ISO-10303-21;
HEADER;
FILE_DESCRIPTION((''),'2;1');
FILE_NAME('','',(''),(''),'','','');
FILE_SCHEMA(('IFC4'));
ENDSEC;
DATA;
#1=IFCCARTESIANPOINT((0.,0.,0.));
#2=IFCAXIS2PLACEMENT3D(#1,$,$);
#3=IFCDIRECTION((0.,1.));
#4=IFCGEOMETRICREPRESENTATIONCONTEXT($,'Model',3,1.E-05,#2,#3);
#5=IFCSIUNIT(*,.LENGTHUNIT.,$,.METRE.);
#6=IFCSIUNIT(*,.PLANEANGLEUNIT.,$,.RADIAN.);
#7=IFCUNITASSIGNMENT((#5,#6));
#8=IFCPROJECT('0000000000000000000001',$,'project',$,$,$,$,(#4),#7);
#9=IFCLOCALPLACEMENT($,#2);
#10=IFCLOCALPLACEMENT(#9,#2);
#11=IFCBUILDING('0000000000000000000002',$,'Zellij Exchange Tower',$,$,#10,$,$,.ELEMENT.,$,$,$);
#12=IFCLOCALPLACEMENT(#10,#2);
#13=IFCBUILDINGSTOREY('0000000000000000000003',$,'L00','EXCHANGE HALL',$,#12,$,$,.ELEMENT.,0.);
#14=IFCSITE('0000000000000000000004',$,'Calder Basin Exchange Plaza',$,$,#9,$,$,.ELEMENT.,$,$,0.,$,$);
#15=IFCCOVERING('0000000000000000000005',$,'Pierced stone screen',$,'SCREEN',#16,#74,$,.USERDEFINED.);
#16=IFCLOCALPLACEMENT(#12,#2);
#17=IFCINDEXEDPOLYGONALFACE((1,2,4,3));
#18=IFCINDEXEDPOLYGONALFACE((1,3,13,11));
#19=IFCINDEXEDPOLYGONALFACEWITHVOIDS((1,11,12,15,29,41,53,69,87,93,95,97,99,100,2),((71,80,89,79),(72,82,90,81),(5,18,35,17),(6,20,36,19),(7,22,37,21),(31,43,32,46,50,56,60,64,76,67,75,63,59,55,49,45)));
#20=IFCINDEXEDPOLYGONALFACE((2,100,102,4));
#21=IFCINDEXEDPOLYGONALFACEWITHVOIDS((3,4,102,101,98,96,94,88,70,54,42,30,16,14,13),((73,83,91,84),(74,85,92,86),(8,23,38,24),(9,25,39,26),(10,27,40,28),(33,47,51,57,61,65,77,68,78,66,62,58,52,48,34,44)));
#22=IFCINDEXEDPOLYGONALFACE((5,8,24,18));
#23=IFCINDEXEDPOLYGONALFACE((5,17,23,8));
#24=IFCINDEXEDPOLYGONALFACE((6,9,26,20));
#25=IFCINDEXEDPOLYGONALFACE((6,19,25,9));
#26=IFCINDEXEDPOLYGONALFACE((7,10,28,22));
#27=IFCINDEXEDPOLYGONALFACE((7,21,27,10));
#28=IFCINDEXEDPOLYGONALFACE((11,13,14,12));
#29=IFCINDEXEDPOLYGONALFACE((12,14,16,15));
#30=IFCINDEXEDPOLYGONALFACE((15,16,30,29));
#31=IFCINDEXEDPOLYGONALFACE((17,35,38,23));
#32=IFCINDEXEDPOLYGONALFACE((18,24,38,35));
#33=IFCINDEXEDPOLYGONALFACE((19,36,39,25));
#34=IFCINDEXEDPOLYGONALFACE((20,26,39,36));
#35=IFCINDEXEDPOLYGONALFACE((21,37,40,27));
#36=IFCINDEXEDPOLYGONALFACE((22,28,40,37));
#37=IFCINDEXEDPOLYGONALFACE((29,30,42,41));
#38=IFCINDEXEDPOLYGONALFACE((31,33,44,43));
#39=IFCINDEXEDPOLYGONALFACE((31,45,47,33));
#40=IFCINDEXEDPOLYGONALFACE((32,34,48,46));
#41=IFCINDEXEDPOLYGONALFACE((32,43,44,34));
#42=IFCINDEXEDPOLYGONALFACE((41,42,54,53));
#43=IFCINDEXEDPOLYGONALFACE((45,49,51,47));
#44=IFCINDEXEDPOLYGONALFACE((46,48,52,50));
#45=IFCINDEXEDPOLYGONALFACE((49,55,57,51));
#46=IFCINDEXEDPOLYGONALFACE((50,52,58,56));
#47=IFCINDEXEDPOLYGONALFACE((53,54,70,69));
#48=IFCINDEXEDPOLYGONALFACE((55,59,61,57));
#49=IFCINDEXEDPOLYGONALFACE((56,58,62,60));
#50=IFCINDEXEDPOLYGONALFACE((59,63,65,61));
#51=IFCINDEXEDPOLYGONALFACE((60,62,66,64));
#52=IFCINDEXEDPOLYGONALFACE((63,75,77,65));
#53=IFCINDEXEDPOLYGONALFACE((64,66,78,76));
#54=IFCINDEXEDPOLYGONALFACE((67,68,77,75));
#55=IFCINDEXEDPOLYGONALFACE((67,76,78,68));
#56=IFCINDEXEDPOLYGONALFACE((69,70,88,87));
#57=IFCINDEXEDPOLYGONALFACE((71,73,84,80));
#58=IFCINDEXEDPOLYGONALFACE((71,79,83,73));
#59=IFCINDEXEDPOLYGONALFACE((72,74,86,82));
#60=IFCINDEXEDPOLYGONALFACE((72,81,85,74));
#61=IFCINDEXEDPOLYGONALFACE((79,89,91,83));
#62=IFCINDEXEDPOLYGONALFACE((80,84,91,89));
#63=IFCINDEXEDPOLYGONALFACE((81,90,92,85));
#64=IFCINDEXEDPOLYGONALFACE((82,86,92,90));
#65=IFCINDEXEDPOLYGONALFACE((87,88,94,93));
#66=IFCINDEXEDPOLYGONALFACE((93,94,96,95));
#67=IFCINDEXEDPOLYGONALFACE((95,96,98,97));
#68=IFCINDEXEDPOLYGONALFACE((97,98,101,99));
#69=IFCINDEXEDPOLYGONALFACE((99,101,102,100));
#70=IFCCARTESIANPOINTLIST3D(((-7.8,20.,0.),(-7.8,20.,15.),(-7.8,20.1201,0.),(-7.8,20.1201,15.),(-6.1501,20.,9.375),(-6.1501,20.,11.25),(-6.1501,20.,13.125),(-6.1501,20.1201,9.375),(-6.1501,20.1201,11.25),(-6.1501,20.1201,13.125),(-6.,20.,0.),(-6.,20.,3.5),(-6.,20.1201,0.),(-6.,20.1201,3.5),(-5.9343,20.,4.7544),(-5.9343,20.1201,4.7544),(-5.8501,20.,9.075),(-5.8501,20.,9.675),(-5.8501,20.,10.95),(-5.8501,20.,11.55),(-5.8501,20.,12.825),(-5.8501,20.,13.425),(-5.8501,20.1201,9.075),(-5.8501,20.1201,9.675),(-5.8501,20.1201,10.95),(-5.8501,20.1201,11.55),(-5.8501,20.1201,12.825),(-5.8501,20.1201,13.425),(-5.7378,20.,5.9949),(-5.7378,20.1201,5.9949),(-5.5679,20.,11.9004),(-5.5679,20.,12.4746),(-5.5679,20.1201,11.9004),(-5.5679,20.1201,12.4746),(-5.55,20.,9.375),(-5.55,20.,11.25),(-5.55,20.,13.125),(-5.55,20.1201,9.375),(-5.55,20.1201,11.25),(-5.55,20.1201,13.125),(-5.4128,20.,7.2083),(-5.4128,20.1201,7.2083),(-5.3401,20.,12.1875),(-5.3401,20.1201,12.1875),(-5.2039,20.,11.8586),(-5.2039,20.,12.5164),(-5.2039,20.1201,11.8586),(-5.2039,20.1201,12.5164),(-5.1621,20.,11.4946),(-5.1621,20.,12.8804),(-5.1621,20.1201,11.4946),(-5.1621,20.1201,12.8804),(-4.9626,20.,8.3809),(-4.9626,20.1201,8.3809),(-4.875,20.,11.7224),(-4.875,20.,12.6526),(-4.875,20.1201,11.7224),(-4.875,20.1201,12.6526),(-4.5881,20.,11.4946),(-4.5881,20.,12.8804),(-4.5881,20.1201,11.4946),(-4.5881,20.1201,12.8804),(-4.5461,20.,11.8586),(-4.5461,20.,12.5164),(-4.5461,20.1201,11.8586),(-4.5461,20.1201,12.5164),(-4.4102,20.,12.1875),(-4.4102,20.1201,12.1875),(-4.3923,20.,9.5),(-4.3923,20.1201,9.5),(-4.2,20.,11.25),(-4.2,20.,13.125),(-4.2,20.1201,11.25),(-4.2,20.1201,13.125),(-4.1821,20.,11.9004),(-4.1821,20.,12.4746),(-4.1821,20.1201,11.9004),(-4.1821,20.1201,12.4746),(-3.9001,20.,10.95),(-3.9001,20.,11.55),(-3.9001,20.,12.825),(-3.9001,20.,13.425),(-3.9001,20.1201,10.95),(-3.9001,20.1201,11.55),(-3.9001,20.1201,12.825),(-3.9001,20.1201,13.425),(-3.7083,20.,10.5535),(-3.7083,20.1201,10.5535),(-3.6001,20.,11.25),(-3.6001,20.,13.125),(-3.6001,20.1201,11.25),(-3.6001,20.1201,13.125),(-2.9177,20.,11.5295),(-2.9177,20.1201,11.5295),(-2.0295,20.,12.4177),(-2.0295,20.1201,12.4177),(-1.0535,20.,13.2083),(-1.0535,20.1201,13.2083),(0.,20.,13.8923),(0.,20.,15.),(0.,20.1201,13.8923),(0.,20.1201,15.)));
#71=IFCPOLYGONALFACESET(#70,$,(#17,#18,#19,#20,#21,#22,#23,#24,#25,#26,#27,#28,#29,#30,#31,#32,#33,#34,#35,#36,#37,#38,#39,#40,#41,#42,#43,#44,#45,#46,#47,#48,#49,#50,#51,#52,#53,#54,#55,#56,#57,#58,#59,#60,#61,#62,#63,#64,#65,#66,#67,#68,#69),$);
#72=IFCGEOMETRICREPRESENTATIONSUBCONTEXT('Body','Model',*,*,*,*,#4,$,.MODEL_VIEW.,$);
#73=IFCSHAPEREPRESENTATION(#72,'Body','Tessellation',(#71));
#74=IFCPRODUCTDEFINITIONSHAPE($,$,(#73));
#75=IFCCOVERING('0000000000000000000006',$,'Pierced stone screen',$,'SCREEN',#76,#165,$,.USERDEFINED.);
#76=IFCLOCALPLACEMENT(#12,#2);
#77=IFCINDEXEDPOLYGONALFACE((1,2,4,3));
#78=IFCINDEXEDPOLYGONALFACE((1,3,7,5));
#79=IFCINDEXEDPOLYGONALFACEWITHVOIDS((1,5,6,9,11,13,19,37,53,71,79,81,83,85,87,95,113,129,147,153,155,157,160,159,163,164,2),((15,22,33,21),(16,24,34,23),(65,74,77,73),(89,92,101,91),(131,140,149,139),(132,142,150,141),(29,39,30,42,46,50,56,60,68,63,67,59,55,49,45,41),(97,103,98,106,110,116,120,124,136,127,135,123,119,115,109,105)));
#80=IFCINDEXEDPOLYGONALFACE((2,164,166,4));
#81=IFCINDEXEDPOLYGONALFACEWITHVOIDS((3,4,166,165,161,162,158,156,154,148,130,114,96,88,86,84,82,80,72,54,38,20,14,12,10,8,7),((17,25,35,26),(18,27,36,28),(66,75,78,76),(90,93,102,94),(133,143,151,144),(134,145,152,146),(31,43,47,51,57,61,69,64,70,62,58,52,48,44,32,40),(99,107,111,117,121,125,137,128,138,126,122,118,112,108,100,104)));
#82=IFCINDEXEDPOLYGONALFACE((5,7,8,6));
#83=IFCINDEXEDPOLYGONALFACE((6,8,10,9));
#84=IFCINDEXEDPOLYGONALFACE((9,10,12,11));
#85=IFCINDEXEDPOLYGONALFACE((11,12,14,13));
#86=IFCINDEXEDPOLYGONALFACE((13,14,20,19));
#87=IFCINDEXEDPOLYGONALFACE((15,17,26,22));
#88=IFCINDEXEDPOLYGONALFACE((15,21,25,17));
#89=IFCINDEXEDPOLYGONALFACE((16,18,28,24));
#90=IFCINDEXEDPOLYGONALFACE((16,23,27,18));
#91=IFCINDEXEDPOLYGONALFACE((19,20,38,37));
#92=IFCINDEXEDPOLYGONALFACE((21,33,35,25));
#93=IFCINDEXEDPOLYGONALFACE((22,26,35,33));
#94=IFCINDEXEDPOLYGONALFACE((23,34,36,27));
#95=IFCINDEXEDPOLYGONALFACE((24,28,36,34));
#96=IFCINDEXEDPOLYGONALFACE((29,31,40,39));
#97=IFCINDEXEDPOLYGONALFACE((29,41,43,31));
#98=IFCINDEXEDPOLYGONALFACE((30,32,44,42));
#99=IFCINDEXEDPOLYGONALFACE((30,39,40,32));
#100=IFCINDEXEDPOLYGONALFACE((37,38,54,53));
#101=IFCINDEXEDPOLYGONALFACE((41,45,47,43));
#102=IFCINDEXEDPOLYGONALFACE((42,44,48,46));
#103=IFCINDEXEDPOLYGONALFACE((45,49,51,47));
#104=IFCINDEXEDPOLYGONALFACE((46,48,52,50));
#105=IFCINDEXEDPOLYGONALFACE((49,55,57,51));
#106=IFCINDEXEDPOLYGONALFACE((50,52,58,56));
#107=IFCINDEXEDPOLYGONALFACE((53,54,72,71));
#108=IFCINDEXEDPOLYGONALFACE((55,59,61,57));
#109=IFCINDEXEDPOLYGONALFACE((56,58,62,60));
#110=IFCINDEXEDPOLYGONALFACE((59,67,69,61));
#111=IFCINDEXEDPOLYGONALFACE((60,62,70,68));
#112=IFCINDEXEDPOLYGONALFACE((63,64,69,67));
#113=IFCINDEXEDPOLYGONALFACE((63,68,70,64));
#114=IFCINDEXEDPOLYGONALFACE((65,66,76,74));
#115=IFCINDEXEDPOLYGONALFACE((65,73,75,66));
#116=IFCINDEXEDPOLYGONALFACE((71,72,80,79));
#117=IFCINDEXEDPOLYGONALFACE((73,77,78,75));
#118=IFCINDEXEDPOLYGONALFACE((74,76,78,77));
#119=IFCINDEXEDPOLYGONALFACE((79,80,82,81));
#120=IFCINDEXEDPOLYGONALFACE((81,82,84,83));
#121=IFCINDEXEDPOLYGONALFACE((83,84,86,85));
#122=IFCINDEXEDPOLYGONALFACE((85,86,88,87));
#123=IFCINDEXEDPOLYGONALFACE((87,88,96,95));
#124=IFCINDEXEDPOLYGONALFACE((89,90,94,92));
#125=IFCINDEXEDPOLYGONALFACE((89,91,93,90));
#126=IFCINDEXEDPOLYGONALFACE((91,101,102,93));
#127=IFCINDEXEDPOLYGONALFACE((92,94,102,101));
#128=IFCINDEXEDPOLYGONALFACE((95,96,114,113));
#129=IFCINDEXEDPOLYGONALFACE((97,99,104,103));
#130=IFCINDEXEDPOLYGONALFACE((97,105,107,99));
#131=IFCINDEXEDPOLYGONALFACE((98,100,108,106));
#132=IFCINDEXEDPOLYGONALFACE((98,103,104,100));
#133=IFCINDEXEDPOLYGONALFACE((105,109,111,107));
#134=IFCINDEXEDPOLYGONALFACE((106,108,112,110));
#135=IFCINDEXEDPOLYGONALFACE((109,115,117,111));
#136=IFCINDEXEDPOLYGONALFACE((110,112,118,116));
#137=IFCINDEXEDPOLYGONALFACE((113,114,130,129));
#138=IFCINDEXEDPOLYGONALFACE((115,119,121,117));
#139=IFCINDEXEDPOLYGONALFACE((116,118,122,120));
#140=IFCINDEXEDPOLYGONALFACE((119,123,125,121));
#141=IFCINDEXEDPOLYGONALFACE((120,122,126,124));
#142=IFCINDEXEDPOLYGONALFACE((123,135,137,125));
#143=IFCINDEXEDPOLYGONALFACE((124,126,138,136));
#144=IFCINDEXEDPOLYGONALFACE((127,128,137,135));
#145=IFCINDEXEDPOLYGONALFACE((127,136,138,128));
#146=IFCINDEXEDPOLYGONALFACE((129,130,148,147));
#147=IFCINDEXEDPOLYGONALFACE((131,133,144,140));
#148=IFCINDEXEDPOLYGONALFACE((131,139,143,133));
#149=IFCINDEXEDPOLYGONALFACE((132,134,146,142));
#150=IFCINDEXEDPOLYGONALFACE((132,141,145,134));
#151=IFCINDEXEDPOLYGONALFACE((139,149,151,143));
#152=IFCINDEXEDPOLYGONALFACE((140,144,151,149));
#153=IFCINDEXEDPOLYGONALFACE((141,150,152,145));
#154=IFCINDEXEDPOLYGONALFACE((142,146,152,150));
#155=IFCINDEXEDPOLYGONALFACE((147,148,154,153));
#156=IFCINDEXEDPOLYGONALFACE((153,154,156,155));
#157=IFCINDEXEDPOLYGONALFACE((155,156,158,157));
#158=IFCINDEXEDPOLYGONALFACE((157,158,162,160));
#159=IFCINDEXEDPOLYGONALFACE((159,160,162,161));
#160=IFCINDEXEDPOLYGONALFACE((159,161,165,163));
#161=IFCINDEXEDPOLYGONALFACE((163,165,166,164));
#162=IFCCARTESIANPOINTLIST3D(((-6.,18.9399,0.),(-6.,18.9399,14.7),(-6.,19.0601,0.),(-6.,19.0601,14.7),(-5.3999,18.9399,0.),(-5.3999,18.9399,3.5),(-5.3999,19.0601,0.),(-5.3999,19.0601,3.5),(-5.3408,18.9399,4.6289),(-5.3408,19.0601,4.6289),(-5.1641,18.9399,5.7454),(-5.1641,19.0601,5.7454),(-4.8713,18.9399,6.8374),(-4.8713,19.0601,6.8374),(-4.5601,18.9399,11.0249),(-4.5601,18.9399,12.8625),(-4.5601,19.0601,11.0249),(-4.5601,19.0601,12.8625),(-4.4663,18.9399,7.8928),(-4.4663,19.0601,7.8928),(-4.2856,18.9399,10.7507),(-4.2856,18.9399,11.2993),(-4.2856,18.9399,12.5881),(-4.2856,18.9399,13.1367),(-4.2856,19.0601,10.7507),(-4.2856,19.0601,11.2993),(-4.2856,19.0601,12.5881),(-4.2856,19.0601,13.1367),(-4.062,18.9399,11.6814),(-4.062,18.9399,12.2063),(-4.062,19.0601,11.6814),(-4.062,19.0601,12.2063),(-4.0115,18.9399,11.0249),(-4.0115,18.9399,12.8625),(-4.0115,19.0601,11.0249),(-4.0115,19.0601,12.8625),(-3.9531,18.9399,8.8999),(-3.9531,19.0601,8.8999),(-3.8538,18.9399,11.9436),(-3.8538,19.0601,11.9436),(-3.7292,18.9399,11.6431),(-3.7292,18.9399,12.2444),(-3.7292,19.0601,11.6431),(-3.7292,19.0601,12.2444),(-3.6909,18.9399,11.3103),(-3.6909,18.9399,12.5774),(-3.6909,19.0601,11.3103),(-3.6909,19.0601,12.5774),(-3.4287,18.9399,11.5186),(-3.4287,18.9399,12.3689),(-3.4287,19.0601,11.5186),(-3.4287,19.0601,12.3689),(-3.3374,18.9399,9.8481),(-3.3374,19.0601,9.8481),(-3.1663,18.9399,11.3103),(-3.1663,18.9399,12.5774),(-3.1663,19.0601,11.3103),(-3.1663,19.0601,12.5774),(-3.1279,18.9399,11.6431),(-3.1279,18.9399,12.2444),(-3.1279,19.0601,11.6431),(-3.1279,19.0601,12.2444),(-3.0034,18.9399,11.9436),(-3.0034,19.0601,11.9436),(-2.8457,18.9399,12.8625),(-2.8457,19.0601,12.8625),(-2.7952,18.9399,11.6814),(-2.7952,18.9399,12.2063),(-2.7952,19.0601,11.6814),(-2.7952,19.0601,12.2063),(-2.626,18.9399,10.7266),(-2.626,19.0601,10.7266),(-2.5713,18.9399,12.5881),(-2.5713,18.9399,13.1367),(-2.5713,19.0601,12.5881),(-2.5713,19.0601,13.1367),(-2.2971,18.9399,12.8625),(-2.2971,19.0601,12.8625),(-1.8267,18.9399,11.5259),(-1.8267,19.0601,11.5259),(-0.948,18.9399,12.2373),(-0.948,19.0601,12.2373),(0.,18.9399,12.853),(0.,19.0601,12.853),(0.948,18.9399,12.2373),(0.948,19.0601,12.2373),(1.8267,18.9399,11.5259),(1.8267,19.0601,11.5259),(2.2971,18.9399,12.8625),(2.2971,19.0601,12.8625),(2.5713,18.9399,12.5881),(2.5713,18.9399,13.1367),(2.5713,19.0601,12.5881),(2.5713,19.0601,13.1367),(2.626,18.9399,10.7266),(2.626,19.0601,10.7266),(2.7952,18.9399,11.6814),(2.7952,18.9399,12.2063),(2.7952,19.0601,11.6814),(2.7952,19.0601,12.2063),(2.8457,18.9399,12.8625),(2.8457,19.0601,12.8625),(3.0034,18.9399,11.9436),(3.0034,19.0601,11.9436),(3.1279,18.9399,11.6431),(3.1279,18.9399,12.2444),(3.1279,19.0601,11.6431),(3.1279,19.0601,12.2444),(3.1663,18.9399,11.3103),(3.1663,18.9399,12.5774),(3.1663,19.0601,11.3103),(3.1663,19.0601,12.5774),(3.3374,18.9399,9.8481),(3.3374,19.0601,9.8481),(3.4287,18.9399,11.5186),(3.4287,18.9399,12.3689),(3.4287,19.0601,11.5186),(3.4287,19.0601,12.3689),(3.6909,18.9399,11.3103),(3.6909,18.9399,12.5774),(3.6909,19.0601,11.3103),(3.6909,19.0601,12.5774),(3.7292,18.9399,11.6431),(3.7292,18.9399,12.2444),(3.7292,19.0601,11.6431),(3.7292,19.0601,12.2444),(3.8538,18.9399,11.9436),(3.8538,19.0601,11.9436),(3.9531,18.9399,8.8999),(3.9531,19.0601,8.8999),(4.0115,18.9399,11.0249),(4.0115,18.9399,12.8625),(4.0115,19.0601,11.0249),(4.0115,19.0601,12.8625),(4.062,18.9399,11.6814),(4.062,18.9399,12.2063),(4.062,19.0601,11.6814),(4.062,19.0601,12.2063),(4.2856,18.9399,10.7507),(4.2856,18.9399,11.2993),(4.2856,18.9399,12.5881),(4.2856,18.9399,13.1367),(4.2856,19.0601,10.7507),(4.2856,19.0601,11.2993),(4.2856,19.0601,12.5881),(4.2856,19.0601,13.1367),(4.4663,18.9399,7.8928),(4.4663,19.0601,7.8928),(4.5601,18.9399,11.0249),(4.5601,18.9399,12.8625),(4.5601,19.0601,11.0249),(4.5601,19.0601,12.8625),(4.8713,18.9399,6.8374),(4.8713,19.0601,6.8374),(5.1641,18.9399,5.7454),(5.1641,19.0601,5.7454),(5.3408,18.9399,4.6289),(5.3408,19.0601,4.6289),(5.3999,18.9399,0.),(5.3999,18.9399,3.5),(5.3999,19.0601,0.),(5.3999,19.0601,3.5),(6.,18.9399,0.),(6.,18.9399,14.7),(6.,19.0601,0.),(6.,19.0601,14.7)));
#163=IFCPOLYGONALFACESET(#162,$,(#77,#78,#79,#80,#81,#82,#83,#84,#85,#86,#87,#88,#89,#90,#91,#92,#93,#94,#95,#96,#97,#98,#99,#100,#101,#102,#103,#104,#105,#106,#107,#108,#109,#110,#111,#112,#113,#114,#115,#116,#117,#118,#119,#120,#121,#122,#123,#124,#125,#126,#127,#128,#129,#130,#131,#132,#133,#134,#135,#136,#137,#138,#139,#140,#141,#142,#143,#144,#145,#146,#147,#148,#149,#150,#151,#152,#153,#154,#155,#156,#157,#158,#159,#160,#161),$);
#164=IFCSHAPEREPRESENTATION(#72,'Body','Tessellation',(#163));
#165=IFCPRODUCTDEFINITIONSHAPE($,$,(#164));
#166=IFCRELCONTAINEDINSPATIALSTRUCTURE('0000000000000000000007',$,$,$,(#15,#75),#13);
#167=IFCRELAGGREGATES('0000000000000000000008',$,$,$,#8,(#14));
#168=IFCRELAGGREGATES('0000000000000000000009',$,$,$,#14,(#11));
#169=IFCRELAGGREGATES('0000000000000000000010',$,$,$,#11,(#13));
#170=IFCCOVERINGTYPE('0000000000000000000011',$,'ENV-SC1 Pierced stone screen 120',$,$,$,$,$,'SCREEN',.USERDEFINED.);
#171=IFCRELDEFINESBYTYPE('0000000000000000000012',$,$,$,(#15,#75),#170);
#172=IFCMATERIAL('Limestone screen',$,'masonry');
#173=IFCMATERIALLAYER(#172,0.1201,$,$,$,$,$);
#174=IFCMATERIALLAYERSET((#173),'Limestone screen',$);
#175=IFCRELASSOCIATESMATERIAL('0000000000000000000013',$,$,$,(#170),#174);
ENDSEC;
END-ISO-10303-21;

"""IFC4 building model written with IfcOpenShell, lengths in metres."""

from ifc_helpers import new_model, si_unit, direction, frame, origin, place, context, subcontext, project, spatial, polyline, outline, extrude, material, layer, layer_set, type_object, element, save


model = new_model("IFC4")

# Units and contexts
model_context = context("Model", 3, precision=1e-05, world=origin(), true_north=direction((0.0, 1.0)))
body_context = subcontext(model_context, "Body", "Model", "MODEL_VIEW")
ifc_project = project(units=[si_unit("LENGTHUNIT", "METRE"), si_unit("PLANEANGLEUNIT", "RADIAN")], contexts=[model_context])

# Site, building, storey
site_placement = place(None, origin())
site = spatial("IfcSite", under=ifc_project, at=site_placement, Name="Calder Basin Exchange Plaza", CompositionType="ELEMENT", RefElevation=0.0)
building_placement = place(site_placement, origin())
building = spatial("IfcBuilding", under=site, at=building_placement, Name="Zellij Exchange Tower", CompositionType="ELEMENT")
storey_placement = place(building_placement, origin())
storey = spatial("IfcBuildingStorey", under=building, at=storey_placement, Name="L00", Description="EXCHANGE HALL", CompositionType="ELEMENT", Elevation=0.0)

# Coverings
ifc_material_1 = material(Name="Limestone screen", Category="masonry")
ifc_layer_1 = layer(ifc_material_1, 0.1201)
ifc_layer_set_1 = layer_set([ifc_layer_1], Name="Limestone screen")
covering_type = type_object("IfcCoveringType", Name="ENV-SC1 Pierced stone screen 120", ElementType="SCREEN", PredefinedType="USERDEFINED", material=ifc_layer_set_1)
covering_1_placement = place(storey_placement, frame((-7.8, 20.0601, 0.0), z_axis=(0.0, 0.0, 1.0), x_axis=(1.0, 0.0, 0.0)))
element("IfcCovering", 1, at=covering_1_placement, inside=storey, type_object=covering_type, Name="Pierced stone screen", ObjectType="SCREEN", PredefinedType="USERDEFINED", context=body_context, shape_type="SweptSolid", body=[
    extrude(outline(polyline([(1.8, 3.5), (1.8657, 4.7544), (2.0623, 5.9949), (2.3872, 7.2083), (2.8374, 8.3809), (3.4077, 9.5), (4.0918, 10.5535), (4.8823, 11.5295), (5.7705, 12.4177), (6.7466, 13.2083), (7.8, 13.8923), (7.8, 15.0), (0.0, 15.0), (0.0, 0.0), (1.8, 0.0), (1.8, 3.5)]), holes=[polyline([(3.6179, 12.4746), (3.2539, 12.5164), (3.2119, 12.8804), (2.925, 12.6526), (2.6379, 12.8804), (2.5962, 12.5164), (2.2322, 12.4746), (2.46, 12.1875), (2.2322, 11.9004), (2.5962, 11.8586), (2.6379, 11.4946), (2.925, 11.7224), (3.2119, 11.4946), (3.2539, 11.8586), (3.6179, 11.9004), (3.3899, 12.1875), (3.6179, 12.4746)]), polyline([(2.25, 9.375), (1.95, 9.675), (1.6499, 9.375), (1.95, 9.075), (2.25, 9.375)]), polyline([(2.25, 11.25), (1.95, 11.55), (1.6499, 11.25), (1.95, 10.95), (2.25, 11.25)]), polyline([(2.25, 13.125), (1.95, 13.425), (1.6499, 13.125), (1.95, 12.825), (2.25, 13.125)]), polyline([(4.2, 11.25), (3.8999, 11.55), (3.6001, 11.25), (3.8999, 10.95), (4.2, 11.25)]), polyline([(4.2, 13.125), (3.8999, 13.425), (3.6001, 13.125), (3.8999, 12.825), (4.2, 13.125)])]), frame((0.0, 0.0601, 0.0), z_axis=(0.0, -1.0, 0.0), x_axis=(1.0, 0.0, 0.0)), (0.0, 0.0, 1.0), 0.1201),
])
covering_2_placement = place(storey_placement, frame((-6.0, 19.0, 0.0), z_axis=(0.0, 0.0, 1.0), x_axis=(1.0, 0.0, 0.0)))
element("IfcCovering", 2, at=covering_2_placement, inside=storey, type_object=covering_type, Name="Pierced stone screen", ObjectType="SCREEN", PredefinedType="USERDEFINED", context=body_context, shape_type="SweptSolid", body=[
    extrude(outline(polyline([(0.0, 0.0), (0.6001, 0.0), (0.6001, 3.5), (0.6592, 4.6289), (0.8359, 5.7454), (1.1287, 6.8374), (1.5337, 7.8928), (2.0469, 8.8999), (2.6626, 9.8481), (3.374, 10.7266), (4.1733, 11.5259), (5.052, 12.2373), (6.0, 12.853), (6.948, 12.2373), (7.8267, 11.5259), (8.626, 10.7266), (9.3374, 9.8481), (9.9531, 8.8999), (10.4663, 7.8928), (10.8713, 6.8374), (11.1641, 5.7454), (11.3408, 4.6289), (11.3999, 3.5), (11.3999, 0.0), (12.0, 0.0), (12.0, 14.7), (0.0, 14.7), (0.0, 0.0)]), holes=[polyline([(3.2048, 12.2063), (2.8721, 12.2444), (2.8337, 12.5774), (2.5713, 12.3689), (2.3091, 12.5774), (2.2708, 12.2444), (1.938, 12.2063), (2.1462, 11.9436), (1.938, 11.6814), (2.2708, 11.6431), (2.3091, 11.3103), (2.5713, 11.5186), (2.8337, 11.3103), (2.8721, 11.6431), (3.2048, 11.6814), (2.9966, 11.9436), (3.2048, 12.2063)]), polyline([(10.062, 12.2063), (9.7292, 12.2444), (9.6909, 12.5774), (9.4287, 12.3689), (9.1663, 12.5774), (9.1279, 12.2444), (8.7952, 12.2063), (9.0034, 11.9436), (8.7952, 11.6814), (9.1279, 11.6431), (9.1663, 11.3103), (9.4287, 11.5186), (9.6909, 11.3103), (9.7292, 11.6431), (10.062, 11.6814), (9.8538, 11.9436), (10.062, 12.2063)]), polyline([(1.9885, 11.0249), (1.7144, 11.2993), (1.4399, 11.0249), (1.7144, 10.7507), (1.9885, 11.0249)]), polyline([(1.9885, 12.8625), (1.7144, 13.1367), (1.4399, 12.8625), (1.7144, 12.5881), (1.9885, 12.8625)]), polyline([(3.7029, 12.8625), (3.4287, 13.1367), (3.1543, 12.8625), (3.4287, 12.5881), (3.7029, 12.8625)]), polyline([(8.8457, 12.8625), (8.5713, 13.1367), (8.2971, 12.8625), (8.5713, 12.5881), (8.8457, 12.8625)]), polyline([(10.5601, 11.0249), (10.2856, 11.2993), (10.0115, 11.0249), (10.2856, 10.7507), (10.5601, 11.0249)]), polyline([(10.5601, 12.8625), (10.2856, 13.1367), (10.0115, 12.8625), (10.2856, 12.5881), (10.5601, 12.8625)])]), frame((0.0, 0.0601, 0.0), z_axis=(0.0, -1.0, 0.0), x_axis=(1.0, 0.0, 0.0)), (0.0, 0.0, 1.0), 0.1201),
])

save(model, "model.ifc")
